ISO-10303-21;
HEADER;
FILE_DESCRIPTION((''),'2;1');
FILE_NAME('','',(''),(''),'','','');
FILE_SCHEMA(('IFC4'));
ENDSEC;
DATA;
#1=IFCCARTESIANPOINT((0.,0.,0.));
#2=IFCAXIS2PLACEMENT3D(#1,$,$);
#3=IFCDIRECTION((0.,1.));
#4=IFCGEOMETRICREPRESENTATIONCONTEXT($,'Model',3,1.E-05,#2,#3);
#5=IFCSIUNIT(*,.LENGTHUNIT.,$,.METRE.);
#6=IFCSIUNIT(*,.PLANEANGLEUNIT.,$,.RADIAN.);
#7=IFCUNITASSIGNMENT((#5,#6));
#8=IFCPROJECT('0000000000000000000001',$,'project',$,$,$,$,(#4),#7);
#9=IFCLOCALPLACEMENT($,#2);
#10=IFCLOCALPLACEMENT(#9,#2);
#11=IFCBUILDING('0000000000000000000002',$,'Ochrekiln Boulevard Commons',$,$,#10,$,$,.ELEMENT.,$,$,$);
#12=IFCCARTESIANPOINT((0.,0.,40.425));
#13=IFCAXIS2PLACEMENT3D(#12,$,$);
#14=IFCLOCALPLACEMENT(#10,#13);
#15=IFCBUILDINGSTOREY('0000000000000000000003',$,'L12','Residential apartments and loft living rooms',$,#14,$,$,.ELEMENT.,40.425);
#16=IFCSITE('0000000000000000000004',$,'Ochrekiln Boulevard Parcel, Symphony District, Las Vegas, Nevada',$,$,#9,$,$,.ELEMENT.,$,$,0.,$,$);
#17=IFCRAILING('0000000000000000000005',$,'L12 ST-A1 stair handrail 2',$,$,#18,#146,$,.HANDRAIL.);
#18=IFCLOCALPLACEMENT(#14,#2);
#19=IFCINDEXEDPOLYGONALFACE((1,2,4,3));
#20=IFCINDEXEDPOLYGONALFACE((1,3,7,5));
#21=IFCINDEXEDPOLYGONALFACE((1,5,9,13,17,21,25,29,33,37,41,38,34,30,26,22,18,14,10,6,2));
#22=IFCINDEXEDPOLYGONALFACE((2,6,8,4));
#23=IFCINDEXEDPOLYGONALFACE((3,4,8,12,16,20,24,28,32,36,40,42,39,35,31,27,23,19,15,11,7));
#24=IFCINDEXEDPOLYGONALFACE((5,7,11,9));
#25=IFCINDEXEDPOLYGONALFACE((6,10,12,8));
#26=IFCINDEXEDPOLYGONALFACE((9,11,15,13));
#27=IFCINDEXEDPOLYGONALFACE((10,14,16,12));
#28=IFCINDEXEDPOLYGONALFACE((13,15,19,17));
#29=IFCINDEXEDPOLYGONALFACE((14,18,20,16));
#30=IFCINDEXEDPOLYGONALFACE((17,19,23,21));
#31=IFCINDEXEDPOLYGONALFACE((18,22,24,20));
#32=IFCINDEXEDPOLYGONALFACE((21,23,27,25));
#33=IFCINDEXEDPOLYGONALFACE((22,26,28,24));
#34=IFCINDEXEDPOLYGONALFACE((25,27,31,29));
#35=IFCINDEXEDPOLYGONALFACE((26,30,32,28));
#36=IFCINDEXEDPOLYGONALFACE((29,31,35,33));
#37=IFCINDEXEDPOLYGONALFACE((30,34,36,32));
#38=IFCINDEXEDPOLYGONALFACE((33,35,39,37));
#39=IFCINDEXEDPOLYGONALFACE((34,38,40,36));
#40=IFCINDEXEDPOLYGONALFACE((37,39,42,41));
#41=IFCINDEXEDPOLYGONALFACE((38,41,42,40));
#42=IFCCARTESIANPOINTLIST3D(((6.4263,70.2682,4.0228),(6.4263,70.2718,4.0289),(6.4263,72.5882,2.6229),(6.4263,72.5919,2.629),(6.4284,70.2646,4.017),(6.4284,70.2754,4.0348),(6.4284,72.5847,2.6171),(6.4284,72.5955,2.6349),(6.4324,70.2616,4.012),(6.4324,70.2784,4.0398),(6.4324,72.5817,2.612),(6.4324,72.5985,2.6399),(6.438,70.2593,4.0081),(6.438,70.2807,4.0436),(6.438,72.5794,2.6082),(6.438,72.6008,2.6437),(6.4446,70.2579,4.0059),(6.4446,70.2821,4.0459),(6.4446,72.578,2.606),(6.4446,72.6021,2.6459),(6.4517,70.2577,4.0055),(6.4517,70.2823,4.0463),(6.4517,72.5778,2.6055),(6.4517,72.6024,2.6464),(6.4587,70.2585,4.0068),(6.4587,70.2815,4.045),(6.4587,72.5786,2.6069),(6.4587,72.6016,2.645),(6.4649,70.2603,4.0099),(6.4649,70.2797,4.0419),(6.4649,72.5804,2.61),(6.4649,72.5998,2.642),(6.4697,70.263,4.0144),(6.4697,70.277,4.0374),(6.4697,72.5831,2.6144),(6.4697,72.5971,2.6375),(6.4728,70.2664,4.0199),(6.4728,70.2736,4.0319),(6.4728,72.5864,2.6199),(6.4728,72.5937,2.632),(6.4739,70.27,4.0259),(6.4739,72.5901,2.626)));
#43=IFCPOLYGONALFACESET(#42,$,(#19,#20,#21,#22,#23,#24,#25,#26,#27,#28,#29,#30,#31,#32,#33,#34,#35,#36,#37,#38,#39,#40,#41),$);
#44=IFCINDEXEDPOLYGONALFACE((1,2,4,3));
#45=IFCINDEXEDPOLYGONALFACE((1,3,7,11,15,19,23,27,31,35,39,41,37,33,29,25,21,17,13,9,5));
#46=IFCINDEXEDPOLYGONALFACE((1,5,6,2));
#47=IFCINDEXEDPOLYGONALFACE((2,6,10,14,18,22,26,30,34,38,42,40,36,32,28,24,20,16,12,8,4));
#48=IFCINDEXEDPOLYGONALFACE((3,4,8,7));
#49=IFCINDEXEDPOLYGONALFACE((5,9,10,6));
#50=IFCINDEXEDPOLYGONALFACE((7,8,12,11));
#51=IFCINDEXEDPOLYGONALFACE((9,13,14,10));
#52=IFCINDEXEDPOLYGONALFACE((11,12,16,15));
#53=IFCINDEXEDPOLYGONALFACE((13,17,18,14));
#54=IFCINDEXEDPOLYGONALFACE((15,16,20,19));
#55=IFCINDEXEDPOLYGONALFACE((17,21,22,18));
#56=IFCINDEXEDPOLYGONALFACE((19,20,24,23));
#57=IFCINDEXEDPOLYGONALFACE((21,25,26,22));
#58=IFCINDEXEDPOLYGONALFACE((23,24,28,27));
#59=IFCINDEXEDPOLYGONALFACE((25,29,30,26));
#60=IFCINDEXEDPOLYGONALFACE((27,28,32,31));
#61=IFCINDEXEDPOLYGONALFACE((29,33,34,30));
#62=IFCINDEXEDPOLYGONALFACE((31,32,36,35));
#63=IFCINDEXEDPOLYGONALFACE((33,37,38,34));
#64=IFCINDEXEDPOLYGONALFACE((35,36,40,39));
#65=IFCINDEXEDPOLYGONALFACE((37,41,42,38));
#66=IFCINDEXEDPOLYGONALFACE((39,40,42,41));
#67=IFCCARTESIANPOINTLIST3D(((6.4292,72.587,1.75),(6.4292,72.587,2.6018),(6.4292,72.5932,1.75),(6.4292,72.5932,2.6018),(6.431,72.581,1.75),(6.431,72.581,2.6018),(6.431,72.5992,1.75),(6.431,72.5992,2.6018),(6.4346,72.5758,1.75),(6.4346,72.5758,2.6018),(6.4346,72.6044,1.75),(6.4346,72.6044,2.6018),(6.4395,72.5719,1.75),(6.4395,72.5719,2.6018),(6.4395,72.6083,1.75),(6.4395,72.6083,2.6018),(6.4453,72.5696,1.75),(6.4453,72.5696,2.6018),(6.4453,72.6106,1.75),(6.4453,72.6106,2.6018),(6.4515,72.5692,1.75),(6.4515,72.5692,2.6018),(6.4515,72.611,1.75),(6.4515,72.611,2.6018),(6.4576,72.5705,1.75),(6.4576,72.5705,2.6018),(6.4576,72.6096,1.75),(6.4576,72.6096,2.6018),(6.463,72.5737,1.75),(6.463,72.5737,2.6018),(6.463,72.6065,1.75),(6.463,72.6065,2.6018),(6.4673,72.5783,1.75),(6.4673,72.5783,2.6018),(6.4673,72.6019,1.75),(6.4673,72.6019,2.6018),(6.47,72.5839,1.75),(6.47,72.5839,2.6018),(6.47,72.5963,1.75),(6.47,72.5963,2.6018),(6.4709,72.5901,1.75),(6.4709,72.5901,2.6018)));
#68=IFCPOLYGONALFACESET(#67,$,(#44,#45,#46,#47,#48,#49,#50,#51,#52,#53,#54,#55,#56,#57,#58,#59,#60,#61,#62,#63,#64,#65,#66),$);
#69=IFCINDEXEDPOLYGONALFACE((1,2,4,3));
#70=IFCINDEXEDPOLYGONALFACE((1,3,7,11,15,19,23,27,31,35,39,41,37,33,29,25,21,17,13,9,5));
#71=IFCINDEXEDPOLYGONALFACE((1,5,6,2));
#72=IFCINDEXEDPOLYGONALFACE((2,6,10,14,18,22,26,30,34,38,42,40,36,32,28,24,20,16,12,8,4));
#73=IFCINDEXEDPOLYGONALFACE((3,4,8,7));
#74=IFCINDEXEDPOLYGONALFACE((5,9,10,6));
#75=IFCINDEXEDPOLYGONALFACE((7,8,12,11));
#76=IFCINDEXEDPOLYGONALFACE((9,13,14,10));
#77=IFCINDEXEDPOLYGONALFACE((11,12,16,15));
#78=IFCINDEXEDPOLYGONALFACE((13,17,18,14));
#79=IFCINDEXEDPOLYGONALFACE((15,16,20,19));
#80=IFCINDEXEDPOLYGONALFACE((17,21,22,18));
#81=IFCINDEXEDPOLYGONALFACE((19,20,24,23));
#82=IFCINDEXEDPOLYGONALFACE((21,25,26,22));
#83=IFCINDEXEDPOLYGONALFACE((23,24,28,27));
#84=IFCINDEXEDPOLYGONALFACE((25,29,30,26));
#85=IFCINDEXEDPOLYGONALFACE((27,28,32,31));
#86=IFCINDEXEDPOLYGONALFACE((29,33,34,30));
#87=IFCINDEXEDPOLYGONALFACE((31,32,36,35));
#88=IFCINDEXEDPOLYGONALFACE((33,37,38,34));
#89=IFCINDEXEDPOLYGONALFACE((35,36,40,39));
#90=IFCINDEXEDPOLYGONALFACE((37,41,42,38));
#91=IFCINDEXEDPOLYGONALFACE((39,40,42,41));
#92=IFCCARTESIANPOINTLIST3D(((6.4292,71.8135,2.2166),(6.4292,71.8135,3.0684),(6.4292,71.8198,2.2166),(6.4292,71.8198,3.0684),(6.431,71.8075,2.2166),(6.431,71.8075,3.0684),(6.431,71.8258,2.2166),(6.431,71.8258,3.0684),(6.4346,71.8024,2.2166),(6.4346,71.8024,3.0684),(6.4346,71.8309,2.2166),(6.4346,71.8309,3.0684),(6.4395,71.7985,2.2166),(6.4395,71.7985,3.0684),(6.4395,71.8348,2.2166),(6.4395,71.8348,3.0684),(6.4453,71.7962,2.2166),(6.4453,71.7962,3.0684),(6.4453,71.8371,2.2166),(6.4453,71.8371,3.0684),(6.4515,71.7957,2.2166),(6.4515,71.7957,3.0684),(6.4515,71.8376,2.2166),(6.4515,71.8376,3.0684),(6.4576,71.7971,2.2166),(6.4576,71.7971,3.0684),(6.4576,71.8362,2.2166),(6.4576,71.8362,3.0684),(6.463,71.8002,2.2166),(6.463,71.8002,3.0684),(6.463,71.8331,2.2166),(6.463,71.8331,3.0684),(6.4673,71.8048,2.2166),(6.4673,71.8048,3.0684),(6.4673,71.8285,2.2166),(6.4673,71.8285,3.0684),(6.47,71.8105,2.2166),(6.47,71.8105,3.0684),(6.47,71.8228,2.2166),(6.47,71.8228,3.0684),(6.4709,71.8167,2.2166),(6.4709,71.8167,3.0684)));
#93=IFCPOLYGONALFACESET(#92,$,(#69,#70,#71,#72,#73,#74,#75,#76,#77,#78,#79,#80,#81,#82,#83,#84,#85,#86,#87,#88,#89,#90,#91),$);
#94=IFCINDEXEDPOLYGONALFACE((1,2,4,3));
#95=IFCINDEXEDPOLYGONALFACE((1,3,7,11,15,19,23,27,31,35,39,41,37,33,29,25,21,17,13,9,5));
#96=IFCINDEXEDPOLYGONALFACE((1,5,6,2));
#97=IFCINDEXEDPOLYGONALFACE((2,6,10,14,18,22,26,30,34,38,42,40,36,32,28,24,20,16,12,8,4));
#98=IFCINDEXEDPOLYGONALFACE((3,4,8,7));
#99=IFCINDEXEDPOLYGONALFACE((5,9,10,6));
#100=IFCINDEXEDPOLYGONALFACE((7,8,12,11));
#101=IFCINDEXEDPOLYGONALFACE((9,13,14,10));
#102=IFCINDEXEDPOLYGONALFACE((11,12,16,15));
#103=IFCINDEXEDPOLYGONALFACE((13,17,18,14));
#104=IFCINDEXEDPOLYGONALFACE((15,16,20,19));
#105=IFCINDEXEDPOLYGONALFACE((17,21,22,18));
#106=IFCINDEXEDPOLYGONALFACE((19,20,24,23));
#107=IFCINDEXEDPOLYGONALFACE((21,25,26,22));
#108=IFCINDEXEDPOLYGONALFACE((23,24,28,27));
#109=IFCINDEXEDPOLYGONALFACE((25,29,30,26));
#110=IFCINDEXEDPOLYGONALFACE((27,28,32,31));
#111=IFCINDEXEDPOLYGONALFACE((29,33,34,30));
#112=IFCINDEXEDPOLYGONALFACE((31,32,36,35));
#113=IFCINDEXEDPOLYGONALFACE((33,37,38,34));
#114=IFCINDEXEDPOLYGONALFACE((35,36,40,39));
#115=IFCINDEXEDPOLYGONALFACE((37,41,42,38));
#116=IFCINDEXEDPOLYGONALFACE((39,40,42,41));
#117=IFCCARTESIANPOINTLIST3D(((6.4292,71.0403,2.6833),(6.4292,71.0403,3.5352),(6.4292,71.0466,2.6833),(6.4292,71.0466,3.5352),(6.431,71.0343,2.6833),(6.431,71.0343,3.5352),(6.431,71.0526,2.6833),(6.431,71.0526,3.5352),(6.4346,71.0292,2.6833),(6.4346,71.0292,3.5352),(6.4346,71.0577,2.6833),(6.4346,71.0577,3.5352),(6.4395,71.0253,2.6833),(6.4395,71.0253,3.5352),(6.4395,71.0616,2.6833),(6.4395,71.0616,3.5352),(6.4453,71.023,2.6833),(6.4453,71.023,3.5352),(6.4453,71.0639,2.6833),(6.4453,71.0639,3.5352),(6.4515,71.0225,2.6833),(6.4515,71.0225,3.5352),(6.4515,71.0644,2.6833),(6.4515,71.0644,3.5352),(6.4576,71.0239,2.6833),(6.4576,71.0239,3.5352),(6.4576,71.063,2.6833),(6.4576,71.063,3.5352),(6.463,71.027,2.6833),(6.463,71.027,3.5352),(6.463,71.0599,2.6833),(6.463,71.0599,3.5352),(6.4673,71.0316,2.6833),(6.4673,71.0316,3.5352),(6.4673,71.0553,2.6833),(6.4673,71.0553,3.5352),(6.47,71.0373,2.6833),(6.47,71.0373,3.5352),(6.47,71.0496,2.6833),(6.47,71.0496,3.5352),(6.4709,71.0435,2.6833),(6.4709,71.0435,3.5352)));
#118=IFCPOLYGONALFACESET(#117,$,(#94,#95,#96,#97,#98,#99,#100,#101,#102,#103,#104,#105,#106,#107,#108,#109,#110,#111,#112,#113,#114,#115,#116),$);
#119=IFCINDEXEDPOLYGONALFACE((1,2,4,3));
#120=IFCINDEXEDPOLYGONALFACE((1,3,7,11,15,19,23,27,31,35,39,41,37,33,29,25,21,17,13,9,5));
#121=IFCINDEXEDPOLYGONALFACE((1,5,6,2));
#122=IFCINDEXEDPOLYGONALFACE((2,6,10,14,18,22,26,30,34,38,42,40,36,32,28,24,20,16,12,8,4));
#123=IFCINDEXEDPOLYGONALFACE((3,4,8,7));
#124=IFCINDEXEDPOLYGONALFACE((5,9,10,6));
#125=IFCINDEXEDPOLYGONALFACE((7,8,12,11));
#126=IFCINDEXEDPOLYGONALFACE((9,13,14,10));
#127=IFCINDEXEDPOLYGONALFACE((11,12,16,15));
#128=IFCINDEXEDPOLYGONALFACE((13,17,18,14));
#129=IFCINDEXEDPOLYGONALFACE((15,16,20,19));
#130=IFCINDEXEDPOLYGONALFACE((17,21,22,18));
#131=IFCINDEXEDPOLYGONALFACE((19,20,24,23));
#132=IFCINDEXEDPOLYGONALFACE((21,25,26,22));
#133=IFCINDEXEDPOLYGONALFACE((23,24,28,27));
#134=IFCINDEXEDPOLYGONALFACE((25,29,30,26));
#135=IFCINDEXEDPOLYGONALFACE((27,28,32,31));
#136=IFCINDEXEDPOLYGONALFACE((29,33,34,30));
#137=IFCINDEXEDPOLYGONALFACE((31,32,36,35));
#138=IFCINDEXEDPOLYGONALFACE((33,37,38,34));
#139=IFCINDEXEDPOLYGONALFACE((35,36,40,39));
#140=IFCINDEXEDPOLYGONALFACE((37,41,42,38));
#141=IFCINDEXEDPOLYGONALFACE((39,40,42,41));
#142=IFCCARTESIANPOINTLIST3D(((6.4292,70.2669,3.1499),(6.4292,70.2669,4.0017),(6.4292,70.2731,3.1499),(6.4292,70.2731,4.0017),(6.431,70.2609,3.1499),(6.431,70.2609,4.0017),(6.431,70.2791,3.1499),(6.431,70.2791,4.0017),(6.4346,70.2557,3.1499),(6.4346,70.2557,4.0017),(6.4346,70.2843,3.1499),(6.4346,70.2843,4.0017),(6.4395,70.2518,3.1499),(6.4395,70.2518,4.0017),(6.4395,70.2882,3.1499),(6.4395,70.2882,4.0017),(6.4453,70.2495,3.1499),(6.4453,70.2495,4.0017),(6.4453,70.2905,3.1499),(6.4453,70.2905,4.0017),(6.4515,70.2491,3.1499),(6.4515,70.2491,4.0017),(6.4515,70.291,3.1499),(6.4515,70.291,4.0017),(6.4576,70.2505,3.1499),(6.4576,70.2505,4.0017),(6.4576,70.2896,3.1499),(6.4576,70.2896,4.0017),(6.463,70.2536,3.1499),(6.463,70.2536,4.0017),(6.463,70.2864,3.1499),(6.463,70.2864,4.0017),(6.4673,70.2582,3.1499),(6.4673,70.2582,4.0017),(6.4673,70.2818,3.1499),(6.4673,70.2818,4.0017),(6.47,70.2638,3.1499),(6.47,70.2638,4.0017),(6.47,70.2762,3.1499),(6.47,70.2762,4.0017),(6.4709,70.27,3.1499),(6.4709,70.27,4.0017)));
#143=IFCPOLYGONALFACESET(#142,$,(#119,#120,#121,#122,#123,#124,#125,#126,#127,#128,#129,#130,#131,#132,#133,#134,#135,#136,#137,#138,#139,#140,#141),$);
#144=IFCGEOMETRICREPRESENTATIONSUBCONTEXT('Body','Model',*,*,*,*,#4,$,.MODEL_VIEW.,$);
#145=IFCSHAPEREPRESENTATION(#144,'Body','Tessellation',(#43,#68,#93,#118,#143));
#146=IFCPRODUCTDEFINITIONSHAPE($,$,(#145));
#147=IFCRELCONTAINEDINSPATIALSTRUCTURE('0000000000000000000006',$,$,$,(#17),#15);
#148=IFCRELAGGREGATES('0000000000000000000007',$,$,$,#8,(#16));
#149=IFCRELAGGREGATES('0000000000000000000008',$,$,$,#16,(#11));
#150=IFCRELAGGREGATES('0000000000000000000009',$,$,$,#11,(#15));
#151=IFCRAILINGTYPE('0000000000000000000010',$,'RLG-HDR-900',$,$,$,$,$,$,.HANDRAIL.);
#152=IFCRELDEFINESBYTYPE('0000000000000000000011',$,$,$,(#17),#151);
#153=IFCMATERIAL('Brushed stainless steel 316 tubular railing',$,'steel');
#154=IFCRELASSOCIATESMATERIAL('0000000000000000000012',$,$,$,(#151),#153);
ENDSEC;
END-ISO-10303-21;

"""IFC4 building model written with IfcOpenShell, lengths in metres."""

from ifc_helpers import new_model, si_unit, direction, frame, origin, origin_2d, place, context, subcontext, project, spatial, circle, extrude, material, type_object, element, save


model = new_model("IFC4")

# Units and contexts
model_context = context("Model", 3, precision=1e-05, world=origin(), true_north=direction((0.0, 1.0)))
body_context = subcontext(model_context, "Body", "Model", "MODEL_VIEW")
ifc_project = project(units=[si_unit("LENGTHUNIT", "METRE"), si_unit("PLANEANGLEUNIT", "RADIAN")], contexts=[model_context])

# Site, building, storey
site_placement = place(None, origin())
site = spatial("IfcSite", under=ifc_project, at=site_placement, Name="Ochrekiln Boulevard Parcel, Symphony District, Las Vegas, Nevada", CompositionType="ELEMENT", RefElevation=0.0)
building_placement = place(site_placement, origin())
building = spatial("IfcBuilding", under=site, at=building_placement, Name="Ochrekiln Boulevard Commons", CompositionType="ELEMENT")
storey_placement = place(building_placement, frame((0.0, 0.0, 40.425)))
storey = spatial("IfcBuildingStorey", under=building, at=storey_placement, Name="L12", Description="Residential apartments and loft living rooms", CompositionType="ELEMENT", Elevation=40.425)

# Railing
ifc_material_1 = material(Name="Brushed stainless steel 316 tubular railing", Category="steel")
railing_type_1 = type_object("IfcRailingType", Name="RLG-HDR-900", PredefinedType="HANDRAIL", material=ifc_material_1)
railing_1_placement = place(storey_placement, frame((6.45, 72.5901, 1.75)))
element("IfcRailing", 1, at=railing_1_placement, inside=storey, type_object=railing_type_1, Name="L12 ST-A1 stair handrail 2", PredefinedType="HANDRAIL", context=body_context, shape_type="SweptSolid", body=[
    extrude(circle(Radius=0.0239, at=origin_2d()), frame((0.0, 0.0, 0.876), z_axis=(0.0, -0.85621, 0.516627), x_axis=(1.0, 0.0, 0.0)), (0.0, 0.0, 1.0), 2.7097),
    extrude(circle(Radius=0.021, at=origin_2d()), origin(), (0.0, 0.0, 1.0), 0.8518),
    extrude(circle(Radius=0.021, at=origin_2d()), frame((0.0, -0.7734, 0.4666)), (0.0, 0.0, 1.0), 0.8518),
    extrude(circle(Radius=0.021, at=origin_2d()), frame((0.0, -1.5466, 0.9333)), (0.0, 0.0, 1.0), 0.8518),
    extrude(circle(Radius=0.021, at=origin_2d()), frame((0.0, -2.3201, 1.3999)), (0.0, 0.0, 1.0), 0.8518),
])

save(model, "model.ifc")
